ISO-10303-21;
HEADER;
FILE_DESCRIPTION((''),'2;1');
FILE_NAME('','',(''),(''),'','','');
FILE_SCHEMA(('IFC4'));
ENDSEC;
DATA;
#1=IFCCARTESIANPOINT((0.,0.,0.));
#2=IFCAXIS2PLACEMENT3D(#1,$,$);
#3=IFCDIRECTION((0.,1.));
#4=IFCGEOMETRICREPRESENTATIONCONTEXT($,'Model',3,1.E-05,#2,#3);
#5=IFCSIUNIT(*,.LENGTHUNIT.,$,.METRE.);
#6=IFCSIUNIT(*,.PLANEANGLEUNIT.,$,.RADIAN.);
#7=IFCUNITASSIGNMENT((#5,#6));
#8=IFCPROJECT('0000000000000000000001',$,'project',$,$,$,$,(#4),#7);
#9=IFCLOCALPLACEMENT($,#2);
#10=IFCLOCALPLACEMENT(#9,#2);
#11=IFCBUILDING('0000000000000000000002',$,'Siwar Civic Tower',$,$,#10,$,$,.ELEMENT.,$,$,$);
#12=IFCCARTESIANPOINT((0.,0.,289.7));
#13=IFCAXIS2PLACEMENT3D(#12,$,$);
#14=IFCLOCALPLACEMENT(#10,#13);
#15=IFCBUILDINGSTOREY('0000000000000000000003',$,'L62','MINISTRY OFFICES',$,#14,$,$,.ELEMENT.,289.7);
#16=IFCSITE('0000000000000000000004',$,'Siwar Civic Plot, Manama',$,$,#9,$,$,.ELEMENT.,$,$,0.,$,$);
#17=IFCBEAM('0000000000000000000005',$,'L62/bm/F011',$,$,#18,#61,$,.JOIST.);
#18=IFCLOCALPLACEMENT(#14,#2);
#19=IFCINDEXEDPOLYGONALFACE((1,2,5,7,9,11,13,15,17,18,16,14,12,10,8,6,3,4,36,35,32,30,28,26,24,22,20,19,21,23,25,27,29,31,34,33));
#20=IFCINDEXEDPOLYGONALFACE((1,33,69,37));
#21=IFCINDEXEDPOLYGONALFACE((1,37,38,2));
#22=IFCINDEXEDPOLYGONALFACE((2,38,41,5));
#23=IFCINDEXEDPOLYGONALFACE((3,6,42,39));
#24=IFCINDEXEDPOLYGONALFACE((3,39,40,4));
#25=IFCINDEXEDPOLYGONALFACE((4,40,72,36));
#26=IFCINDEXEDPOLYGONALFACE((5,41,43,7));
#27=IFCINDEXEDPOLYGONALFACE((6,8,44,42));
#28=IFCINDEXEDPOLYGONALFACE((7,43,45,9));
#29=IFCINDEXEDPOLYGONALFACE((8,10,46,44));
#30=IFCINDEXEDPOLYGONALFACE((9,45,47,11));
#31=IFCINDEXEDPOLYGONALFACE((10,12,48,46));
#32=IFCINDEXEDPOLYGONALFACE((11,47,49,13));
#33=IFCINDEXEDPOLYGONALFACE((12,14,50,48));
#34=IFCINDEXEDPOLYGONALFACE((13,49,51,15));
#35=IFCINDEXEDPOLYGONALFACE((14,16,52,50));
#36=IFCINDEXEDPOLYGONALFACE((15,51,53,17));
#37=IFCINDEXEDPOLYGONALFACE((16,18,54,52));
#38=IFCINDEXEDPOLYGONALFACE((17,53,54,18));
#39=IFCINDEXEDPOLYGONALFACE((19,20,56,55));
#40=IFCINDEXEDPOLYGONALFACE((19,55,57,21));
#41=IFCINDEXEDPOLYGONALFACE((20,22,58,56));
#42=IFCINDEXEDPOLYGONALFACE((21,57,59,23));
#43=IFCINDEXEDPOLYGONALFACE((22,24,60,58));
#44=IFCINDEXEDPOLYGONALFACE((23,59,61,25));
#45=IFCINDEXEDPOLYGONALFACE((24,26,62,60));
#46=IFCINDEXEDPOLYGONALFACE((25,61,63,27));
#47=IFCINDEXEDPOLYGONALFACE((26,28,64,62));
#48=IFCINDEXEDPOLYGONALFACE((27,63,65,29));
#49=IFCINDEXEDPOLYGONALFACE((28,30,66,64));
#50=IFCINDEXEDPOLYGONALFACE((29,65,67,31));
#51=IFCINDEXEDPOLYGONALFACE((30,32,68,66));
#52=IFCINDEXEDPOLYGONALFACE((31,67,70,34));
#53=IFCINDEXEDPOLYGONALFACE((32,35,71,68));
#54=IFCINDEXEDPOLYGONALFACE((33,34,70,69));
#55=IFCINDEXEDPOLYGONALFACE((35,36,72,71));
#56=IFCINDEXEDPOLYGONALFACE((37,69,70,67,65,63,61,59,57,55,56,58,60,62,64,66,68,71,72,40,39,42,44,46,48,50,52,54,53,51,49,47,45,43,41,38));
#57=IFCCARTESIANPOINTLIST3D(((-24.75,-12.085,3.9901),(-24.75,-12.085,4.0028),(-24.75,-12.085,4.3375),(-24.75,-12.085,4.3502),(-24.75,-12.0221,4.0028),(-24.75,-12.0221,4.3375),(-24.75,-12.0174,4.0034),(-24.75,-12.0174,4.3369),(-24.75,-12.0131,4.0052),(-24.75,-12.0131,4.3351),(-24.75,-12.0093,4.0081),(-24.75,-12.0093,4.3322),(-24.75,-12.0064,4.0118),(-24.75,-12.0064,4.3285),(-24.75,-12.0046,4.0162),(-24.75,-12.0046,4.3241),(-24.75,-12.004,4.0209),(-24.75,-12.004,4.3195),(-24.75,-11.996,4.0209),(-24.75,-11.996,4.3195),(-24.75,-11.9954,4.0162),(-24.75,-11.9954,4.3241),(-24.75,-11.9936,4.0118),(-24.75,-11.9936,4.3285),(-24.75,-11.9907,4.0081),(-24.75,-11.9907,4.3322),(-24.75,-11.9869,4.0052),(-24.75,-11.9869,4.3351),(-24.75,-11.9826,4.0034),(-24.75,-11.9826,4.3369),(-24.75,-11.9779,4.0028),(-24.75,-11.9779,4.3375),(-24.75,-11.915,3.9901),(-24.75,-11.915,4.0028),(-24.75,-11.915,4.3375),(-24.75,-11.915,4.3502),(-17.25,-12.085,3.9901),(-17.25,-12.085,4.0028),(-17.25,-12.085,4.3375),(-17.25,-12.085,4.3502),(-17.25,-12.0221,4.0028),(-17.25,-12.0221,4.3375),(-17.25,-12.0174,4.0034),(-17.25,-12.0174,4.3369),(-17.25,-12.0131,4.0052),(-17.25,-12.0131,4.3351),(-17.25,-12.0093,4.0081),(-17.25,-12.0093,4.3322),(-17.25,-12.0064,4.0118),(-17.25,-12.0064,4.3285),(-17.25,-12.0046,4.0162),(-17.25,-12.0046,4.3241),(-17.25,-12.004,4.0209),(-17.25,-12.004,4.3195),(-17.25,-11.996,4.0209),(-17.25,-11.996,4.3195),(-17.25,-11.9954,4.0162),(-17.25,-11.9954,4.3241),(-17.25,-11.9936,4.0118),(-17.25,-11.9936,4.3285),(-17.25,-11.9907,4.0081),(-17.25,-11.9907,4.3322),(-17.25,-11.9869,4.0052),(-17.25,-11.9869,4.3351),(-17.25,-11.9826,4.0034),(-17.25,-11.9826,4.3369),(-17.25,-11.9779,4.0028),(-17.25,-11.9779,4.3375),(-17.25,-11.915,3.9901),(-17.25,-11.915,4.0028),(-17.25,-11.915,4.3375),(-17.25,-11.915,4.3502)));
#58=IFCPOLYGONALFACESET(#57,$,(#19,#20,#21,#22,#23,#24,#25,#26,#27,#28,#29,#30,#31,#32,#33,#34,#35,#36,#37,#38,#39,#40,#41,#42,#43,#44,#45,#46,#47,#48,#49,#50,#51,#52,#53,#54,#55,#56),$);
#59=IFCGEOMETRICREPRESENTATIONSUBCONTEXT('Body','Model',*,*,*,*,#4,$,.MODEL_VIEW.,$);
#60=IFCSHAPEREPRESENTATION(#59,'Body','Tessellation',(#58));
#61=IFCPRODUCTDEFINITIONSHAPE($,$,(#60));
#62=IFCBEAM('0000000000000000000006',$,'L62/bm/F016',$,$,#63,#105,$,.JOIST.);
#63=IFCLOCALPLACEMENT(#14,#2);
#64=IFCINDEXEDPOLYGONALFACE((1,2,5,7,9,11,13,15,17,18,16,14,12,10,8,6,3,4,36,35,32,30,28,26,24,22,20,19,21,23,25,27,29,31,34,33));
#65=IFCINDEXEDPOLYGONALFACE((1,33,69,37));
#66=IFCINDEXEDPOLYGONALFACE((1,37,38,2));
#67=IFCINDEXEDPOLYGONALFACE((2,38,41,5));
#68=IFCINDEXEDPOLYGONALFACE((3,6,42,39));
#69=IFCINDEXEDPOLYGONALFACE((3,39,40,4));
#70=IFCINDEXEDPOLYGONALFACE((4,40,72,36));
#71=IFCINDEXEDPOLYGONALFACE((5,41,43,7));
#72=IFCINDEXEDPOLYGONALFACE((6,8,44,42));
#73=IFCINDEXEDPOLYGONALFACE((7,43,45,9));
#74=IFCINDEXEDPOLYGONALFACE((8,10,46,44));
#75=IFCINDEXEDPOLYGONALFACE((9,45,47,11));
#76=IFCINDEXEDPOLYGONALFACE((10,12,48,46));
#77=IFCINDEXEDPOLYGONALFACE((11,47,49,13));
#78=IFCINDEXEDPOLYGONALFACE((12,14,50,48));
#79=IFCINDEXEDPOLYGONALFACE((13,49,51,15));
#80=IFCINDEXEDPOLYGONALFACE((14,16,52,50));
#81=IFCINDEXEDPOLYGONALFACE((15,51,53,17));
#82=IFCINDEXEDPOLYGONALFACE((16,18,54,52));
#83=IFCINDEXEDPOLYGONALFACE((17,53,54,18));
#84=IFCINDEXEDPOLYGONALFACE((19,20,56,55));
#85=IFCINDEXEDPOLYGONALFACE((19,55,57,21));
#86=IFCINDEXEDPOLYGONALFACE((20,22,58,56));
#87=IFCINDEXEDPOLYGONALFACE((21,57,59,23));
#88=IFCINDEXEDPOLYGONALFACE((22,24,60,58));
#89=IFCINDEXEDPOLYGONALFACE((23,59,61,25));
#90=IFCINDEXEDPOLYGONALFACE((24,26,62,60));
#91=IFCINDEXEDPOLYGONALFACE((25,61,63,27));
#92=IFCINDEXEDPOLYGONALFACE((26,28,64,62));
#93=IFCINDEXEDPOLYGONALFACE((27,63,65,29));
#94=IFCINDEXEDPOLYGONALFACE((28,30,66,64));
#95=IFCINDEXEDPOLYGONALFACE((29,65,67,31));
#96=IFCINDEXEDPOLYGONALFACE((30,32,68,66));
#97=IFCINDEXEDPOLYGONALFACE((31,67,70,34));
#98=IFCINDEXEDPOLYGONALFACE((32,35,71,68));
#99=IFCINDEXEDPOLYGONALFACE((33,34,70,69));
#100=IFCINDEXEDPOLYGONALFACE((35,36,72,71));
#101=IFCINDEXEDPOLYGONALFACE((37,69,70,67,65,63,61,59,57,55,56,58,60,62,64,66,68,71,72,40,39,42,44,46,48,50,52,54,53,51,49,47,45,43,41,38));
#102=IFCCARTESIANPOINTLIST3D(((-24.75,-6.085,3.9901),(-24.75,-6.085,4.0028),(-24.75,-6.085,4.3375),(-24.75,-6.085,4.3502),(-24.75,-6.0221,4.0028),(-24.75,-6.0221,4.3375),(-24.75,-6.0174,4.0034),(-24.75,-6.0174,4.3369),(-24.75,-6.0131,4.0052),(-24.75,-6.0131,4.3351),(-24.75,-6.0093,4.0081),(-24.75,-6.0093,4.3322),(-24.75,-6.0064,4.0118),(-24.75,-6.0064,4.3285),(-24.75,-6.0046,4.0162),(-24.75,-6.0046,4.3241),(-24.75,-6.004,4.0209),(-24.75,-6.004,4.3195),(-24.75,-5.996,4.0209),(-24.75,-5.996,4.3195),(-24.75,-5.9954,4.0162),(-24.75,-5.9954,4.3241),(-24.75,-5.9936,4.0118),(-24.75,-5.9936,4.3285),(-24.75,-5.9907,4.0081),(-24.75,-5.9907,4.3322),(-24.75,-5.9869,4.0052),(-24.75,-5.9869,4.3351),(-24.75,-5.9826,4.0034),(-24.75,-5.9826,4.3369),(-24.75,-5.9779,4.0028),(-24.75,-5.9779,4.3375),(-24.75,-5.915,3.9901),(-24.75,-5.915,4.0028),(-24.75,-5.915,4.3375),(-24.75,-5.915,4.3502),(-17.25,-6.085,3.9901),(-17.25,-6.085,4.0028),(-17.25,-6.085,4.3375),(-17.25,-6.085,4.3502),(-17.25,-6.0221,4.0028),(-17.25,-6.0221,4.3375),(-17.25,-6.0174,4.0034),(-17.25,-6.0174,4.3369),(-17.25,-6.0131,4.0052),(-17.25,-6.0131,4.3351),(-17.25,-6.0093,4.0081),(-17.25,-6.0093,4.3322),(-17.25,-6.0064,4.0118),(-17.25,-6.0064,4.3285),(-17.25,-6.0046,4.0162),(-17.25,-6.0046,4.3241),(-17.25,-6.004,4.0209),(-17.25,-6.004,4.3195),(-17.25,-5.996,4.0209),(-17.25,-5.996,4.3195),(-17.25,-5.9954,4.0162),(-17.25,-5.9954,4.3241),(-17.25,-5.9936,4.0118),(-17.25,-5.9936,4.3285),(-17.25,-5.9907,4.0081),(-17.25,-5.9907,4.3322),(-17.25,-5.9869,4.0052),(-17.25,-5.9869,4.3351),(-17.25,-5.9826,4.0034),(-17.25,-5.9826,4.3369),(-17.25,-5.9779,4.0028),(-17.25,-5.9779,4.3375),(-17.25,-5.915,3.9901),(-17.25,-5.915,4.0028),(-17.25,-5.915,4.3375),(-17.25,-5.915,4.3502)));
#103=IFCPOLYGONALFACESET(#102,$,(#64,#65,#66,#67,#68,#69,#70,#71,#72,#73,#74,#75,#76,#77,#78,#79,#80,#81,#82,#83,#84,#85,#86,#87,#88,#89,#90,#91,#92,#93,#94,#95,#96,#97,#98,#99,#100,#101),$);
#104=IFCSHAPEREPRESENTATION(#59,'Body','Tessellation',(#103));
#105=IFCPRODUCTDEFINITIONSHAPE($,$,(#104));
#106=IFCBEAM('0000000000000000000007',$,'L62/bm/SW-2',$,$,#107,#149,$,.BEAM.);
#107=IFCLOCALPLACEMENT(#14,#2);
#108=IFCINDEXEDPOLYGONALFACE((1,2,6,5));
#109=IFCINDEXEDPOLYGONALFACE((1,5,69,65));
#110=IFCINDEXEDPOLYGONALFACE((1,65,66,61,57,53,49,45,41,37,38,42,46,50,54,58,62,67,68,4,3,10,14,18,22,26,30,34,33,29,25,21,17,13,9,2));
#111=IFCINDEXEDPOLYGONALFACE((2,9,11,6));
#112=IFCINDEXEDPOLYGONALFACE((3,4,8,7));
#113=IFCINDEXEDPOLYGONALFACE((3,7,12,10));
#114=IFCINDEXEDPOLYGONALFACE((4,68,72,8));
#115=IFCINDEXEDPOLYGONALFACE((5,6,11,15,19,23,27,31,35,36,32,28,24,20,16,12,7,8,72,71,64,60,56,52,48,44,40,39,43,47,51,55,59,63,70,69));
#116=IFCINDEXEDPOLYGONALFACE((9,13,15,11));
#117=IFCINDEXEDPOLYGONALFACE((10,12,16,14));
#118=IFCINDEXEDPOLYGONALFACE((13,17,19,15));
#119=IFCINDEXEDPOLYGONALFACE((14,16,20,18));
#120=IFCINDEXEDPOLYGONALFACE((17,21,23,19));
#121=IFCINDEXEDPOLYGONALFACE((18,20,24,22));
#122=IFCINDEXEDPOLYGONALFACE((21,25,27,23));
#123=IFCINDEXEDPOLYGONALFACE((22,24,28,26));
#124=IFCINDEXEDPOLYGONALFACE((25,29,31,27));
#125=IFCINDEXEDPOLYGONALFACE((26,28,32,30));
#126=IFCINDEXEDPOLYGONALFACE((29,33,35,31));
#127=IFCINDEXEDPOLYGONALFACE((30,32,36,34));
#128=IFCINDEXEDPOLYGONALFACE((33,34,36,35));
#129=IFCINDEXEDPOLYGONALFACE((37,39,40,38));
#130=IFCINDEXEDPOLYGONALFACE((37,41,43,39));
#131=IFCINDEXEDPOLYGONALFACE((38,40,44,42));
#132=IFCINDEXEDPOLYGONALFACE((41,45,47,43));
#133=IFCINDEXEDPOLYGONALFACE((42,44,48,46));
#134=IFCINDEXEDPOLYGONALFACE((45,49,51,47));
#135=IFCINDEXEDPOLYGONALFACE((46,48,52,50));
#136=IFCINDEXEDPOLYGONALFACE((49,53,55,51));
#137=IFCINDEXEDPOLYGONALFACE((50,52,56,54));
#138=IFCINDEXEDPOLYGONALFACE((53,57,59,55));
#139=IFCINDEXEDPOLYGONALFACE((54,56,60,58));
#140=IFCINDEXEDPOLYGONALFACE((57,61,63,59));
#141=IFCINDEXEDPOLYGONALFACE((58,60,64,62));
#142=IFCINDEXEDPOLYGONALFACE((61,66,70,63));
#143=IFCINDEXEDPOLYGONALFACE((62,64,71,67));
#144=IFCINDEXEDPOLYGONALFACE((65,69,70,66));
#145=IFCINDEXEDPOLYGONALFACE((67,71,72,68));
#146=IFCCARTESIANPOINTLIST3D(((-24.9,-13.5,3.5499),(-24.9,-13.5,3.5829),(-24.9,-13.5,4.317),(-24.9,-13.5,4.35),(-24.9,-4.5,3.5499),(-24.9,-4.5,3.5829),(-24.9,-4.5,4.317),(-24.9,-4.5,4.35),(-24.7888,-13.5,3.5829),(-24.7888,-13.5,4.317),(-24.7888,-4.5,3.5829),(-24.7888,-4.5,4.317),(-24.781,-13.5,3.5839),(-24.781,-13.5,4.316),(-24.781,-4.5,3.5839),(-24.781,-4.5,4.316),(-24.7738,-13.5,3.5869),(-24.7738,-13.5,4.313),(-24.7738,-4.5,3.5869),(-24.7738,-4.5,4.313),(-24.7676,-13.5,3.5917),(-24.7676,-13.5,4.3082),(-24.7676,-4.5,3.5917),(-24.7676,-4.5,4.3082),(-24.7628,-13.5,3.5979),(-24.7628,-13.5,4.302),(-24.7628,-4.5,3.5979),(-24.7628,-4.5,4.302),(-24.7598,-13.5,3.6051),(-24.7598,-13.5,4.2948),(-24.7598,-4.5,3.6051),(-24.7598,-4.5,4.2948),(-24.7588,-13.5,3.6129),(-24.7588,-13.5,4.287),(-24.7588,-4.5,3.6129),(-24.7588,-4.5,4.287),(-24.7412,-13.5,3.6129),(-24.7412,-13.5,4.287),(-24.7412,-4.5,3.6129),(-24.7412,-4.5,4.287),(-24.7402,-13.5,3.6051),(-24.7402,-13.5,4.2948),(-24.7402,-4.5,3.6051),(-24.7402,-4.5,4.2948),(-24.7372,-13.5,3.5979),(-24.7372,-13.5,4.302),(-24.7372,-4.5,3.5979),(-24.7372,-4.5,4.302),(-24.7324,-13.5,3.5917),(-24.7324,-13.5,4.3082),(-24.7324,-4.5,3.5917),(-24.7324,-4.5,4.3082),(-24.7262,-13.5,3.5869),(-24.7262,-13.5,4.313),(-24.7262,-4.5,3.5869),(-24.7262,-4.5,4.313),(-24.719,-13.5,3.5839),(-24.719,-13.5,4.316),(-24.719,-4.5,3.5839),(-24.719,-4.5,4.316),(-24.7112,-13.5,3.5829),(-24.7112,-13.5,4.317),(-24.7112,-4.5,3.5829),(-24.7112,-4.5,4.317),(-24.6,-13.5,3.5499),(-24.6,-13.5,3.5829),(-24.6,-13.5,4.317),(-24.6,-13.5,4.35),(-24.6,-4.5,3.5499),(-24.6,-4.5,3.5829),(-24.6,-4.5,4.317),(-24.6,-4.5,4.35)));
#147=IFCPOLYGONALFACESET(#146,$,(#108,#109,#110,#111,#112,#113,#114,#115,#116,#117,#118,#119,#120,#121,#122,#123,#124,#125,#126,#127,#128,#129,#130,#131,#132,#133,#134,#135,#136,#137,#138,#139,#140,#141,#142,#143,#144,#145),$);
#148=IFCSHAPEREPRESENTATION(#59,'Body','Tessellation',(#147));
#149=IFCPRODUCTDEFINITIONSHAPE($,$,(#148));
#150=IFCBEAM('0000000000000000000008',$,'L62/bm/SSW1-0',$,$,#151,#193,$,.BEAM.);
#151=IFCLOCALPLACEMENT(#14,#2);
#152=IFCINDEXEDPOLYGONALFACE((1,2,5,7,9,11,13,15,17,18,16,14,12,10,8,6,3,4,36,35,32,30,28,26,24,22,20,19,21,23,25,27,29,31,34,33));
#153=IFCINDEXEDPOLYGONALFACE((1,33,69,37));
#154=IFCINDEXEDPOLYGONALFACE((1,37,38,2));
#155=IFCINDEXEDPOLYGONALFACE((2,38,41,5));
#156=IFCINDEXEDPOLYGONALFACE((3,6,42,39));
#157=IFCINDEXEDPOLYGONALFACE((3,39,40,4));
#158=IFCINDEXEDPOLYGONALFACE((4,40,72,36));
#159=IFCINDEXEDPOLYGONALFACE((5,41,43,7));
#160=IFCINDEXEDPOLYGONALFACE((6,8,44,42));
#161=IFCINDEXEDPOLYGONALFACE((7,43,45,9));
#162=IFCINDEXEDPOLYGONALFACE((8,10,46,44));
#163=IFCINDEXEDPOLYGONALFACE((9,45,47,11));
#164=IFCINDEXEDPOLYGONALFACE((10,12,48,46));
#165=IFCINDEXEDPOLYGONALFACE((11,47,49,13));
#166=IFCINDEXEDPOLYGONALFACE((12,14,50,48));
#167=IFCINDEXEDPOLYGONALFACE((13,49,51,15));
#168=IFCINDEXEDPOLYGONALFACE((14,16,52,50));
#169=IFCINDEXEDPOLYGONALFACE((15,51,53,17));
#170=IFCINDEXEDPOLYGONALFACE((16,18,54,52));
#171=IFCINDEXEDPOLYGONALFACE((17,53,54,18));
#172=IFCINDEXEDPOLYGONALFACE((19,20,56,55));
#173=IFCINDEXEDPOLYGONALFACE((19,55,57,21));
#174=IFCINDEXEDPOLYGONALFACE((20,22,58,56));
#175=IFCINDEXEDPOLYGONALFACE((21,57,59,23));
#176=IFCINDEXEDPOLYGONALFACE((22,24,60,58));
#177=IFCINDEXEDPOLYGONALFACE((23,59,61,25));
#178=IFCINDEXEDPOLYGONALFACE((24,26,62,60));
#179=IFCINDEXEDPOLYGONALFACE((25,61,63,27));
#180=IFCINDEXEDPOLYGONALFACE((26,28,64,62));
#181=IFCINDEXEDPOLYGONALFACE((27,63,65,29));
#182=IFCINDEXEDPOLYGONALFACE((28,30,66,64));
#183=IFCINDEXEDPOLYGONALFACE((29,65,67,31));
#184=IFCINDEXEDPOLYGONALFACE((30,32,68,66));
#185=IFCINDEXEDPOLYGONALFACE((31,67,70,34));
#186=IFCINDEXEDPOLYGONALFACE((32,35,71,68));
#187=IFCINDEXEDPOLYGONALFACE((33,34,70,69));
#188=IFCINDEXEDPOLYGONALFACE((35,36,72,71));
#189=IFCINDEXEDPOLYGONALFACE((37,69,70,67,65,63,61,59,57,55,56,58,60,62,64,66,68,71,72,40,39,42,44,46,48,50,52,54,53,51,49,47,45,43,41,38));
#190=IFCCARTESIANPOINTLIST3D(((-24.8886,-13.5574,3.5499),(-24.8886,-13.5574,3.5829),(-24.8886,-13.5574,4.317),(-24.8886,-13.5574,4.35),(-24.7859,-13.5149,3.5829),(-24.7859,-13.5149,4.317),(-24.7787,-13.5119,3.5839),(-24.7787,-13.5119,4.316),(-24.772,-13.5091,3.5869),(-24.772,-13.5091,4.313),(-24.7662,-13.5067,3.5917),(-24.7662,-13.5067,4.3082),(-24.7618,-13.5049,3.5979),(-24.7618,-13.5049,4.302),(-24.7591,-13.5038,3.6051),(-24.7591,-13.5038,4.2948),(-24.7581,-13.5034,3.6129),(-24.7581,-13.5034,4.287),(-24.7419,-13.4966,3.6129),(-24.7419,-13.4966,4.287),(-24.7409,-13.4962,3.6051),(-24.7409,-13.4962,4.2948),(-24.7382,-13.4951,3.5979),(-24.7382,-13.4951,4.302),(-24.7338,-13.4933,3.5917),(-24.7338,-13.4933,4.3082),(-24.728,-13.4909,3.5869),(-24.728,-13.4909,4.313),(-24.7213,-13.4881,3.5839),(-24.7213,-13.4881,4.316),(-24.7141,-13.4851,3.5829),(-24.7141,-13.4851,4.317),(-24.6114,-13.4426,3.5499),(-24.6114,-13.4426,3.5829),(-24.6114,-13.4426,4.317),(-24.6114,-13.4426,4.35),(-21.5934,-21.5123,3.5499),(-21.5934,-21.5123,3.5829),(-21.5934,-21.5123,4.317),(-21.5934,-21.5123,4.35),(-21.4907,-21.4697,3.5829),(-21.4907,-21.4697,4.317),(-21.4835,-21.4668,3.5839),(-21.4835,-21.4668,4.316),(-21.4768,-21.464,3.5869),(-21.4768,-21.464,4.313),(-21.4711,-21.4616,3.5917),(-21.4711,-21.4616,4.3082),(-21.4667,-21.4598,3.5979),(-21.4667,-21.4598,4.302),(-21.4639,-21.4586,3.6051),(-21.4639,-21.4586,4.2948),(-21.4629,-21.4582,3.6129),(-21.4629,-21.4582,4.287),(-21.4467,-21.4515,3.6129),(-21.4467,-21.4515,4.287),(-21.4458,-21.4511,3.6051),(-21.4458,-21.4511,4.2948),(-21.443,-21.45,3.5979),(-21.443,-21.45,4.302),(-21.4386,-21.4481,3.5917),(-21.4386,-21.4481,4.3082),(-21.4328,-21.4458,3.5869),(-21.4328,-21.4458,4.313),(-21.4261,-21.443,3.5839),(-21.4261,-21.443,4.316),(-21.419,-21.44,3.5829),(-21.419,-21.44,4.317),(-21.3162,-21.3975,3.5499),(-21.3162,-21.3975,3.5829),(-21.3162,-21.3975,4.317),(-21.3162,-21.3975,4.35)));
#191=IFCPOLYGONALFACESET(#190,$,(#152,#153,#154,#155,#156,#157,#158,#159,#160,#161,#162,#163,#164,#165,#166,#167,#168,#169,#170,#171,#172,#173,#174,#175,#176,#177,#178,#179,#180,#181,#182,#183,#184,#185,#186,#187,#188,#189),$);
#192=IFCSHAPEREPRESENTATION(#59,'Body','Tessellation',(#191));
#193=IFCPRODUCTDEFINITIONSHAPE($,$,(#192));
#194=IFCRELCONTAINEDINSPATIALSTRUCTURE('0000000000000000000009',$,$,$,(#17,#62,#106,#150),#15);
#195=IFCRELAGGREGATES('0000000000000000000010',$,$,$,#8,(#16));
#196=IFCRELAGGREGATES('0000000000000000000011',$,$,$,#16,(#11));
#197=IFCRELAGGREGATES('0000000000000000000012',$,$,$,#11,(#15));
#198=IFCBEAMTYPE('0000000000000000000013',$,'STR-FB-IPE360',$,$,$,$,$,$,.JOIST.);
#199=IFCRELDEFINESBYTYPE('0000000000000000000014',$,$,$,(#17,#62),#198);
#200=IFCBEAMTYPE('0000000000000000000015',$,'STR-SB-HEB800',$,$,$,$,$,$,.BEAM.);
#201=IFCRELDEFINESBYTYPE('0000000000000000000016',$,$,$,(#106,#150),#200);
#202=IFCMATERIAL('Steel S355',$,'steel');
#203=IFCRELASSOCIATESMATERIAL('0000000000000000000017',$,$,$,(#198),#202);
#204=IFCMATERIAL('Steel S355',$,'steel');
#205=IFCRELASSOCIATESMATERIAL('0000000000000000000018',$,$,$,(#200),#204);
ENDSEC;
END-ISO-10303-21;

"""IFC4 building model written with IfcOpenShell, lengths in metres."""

from ifc_helpers import new_model, si_unit, direction, frame, origin, origin_2d, place, context, subcontext, project, spatial, i_section, extrude, material, material_profile, profile_set, type_object, element, save


model = new_model("IFC4")

# Units and contexts
model_context = context("Model", 3, precision=1e-05, world=origin(), true_north=direction((0.0, 1.0)))
body_context = subcontext(model_context, "Body", "Model", "MODEL_VIEW")
ifc_project = project(units=[si_unit("LENGTHUNIT", "METRE"), si_unit("PLANEANGLEUNIT", "RADIAN")], contexts=[model_context])

# Site, building, storey
site_placement = place(None, origin())
site = spatial("IfcSite", under=ifc_project, at=site_placement, Name="Siwar Civic Plot, Manama", CompositionType="ELEMENT", RefElevation=0.0)
building_placement = place(site_placement, origin())
building = spatial("IfcBuilding", under=site, at=building_placement, Name="Siwar Civic Tower", CompositionType="ELEMENT")
storey_placement = place(building_placement, frame((0.0, 0.0, 289.7)))
storey = spatial("IfcBuildingStorey", under=building, at=storey_placement, Name="L62", Description="MINISTRY OFFICES", CompositionType="ELEMENT", Elevation=289.7)

# Beams
ifc_material_1 = material(Name="Steel S355", Category="steel")
ifc_material_profile_1 = material_profile(ifc_material_1, i_section(OverallWidth=0.1699, OverallDepth=0.3601, WebThickness=0.0081, FlangeThickness=0.0127, FilletRadius=0.0181, at=origin_2d()), Name="IPE360")
ifc_profile_set_1 = profile_set([ifc_material_profile_1], Name="Steel S355")
beam_type_1 = type_object("IfcBeamType", Name="STR-FB-IPE360", PredefinedType="JOIST", material=ifc_profile_set_1)
for number, where, z_axis, x_axis, name in (
    (1, (-24.75, -12.0, 4.1702), (1.0, 0.0, 0.0), (0.0, 1.0, 0.0), "L62/bm/F011"),
    (2, (-24.75, -6.0, 4.1702), (1.0, 0.0, 0.0), (0.0, 1.0, 0.0), "L62/bm/F016"),
):
    element("IfcBeam", number, at=place(storey_placement, frame(where, z_axis=z_axis, x_axis=x_axis)), inside=storey, type_object=beam_type_1, Name=name, PredefinedType="JOIST", context=body_context, shape_type="SweptSolid", body=[
        extrude(i_section(OverallWidth=0.1699, OverallDepth=0.3601, WebThickness=0.0081, FlangeThickness=0.0127, FilletRadius=0.0181, at=origin_2d()), origin(), (0.0, 0.0, 1.0), 7.5),
    ])
ifc_material_2 = material(Name="Steel S355", Category="steel")
ifc_material_profile_2 = material_profile(ifc_material_2, i_section(OverallWidth=0.3, OverallDepth=0.8, WebThickness=0.0176, FlangeThickness=0.033, FilletRadius=0.03, at=origin_2d()), Name="HEB800")
ifc_profile_set_2 = profile_set([ifc_material_profile_2], Name="Steel S355")
beam_type_2 = type_object("IfcBeamType", Name="STR-SB-HEB800", PredefinedType="BEAM", material=ifc_profile_set_2)
beam_1_placement = place(storey_placement, frame((-24.75, -4.5, 3.95), z_axis=(0.0, -1.0, 0.0), x_axis=(1.0, 0.0, 0.0)))
element("IfcBeam", 3, at=beam_1_placement, inside=storey, type_object=beam_type_2, Name="L62/bm/SW-2", PredefinedType="BEAM", context=body_context, shape_type="SweptSolid", body=[
    extrude(i_section(OverallWidth=0.3, OverallDepth=0.8, WebThickness=0.0176, FlangeThickness=0.033, FilletRadius=0.03, at=origin_2d()), origin(), (0.0, 0.0, 1.0), 9.0),
])
beam_2_placement = place(storey_placement, frame((-24.75, -13.5, 3.95), z_axis=(0.3827, -0.923873, 0.0), x_axis=(0.923873, 0.3827, 0.0)))
element("IfcBeam", 4, at=beam_2_placement, inside=storey, type_object=beam_type_2, Name="L62/bm/SSW1-0", PredefinedType="BEAM", context=body_context, shape_type="SweptSolid", body=[
    extrude(i_section(OverallWidth=0.3, OverallDepth=0.8, WebThickness=0.0176, FlangeThickness=0.033, FilletRadius=0.03, at=origin_2d()), origin(), (0.0, 0.0, 1.0), 8.6104),
])

save(model, "model.ifc")
